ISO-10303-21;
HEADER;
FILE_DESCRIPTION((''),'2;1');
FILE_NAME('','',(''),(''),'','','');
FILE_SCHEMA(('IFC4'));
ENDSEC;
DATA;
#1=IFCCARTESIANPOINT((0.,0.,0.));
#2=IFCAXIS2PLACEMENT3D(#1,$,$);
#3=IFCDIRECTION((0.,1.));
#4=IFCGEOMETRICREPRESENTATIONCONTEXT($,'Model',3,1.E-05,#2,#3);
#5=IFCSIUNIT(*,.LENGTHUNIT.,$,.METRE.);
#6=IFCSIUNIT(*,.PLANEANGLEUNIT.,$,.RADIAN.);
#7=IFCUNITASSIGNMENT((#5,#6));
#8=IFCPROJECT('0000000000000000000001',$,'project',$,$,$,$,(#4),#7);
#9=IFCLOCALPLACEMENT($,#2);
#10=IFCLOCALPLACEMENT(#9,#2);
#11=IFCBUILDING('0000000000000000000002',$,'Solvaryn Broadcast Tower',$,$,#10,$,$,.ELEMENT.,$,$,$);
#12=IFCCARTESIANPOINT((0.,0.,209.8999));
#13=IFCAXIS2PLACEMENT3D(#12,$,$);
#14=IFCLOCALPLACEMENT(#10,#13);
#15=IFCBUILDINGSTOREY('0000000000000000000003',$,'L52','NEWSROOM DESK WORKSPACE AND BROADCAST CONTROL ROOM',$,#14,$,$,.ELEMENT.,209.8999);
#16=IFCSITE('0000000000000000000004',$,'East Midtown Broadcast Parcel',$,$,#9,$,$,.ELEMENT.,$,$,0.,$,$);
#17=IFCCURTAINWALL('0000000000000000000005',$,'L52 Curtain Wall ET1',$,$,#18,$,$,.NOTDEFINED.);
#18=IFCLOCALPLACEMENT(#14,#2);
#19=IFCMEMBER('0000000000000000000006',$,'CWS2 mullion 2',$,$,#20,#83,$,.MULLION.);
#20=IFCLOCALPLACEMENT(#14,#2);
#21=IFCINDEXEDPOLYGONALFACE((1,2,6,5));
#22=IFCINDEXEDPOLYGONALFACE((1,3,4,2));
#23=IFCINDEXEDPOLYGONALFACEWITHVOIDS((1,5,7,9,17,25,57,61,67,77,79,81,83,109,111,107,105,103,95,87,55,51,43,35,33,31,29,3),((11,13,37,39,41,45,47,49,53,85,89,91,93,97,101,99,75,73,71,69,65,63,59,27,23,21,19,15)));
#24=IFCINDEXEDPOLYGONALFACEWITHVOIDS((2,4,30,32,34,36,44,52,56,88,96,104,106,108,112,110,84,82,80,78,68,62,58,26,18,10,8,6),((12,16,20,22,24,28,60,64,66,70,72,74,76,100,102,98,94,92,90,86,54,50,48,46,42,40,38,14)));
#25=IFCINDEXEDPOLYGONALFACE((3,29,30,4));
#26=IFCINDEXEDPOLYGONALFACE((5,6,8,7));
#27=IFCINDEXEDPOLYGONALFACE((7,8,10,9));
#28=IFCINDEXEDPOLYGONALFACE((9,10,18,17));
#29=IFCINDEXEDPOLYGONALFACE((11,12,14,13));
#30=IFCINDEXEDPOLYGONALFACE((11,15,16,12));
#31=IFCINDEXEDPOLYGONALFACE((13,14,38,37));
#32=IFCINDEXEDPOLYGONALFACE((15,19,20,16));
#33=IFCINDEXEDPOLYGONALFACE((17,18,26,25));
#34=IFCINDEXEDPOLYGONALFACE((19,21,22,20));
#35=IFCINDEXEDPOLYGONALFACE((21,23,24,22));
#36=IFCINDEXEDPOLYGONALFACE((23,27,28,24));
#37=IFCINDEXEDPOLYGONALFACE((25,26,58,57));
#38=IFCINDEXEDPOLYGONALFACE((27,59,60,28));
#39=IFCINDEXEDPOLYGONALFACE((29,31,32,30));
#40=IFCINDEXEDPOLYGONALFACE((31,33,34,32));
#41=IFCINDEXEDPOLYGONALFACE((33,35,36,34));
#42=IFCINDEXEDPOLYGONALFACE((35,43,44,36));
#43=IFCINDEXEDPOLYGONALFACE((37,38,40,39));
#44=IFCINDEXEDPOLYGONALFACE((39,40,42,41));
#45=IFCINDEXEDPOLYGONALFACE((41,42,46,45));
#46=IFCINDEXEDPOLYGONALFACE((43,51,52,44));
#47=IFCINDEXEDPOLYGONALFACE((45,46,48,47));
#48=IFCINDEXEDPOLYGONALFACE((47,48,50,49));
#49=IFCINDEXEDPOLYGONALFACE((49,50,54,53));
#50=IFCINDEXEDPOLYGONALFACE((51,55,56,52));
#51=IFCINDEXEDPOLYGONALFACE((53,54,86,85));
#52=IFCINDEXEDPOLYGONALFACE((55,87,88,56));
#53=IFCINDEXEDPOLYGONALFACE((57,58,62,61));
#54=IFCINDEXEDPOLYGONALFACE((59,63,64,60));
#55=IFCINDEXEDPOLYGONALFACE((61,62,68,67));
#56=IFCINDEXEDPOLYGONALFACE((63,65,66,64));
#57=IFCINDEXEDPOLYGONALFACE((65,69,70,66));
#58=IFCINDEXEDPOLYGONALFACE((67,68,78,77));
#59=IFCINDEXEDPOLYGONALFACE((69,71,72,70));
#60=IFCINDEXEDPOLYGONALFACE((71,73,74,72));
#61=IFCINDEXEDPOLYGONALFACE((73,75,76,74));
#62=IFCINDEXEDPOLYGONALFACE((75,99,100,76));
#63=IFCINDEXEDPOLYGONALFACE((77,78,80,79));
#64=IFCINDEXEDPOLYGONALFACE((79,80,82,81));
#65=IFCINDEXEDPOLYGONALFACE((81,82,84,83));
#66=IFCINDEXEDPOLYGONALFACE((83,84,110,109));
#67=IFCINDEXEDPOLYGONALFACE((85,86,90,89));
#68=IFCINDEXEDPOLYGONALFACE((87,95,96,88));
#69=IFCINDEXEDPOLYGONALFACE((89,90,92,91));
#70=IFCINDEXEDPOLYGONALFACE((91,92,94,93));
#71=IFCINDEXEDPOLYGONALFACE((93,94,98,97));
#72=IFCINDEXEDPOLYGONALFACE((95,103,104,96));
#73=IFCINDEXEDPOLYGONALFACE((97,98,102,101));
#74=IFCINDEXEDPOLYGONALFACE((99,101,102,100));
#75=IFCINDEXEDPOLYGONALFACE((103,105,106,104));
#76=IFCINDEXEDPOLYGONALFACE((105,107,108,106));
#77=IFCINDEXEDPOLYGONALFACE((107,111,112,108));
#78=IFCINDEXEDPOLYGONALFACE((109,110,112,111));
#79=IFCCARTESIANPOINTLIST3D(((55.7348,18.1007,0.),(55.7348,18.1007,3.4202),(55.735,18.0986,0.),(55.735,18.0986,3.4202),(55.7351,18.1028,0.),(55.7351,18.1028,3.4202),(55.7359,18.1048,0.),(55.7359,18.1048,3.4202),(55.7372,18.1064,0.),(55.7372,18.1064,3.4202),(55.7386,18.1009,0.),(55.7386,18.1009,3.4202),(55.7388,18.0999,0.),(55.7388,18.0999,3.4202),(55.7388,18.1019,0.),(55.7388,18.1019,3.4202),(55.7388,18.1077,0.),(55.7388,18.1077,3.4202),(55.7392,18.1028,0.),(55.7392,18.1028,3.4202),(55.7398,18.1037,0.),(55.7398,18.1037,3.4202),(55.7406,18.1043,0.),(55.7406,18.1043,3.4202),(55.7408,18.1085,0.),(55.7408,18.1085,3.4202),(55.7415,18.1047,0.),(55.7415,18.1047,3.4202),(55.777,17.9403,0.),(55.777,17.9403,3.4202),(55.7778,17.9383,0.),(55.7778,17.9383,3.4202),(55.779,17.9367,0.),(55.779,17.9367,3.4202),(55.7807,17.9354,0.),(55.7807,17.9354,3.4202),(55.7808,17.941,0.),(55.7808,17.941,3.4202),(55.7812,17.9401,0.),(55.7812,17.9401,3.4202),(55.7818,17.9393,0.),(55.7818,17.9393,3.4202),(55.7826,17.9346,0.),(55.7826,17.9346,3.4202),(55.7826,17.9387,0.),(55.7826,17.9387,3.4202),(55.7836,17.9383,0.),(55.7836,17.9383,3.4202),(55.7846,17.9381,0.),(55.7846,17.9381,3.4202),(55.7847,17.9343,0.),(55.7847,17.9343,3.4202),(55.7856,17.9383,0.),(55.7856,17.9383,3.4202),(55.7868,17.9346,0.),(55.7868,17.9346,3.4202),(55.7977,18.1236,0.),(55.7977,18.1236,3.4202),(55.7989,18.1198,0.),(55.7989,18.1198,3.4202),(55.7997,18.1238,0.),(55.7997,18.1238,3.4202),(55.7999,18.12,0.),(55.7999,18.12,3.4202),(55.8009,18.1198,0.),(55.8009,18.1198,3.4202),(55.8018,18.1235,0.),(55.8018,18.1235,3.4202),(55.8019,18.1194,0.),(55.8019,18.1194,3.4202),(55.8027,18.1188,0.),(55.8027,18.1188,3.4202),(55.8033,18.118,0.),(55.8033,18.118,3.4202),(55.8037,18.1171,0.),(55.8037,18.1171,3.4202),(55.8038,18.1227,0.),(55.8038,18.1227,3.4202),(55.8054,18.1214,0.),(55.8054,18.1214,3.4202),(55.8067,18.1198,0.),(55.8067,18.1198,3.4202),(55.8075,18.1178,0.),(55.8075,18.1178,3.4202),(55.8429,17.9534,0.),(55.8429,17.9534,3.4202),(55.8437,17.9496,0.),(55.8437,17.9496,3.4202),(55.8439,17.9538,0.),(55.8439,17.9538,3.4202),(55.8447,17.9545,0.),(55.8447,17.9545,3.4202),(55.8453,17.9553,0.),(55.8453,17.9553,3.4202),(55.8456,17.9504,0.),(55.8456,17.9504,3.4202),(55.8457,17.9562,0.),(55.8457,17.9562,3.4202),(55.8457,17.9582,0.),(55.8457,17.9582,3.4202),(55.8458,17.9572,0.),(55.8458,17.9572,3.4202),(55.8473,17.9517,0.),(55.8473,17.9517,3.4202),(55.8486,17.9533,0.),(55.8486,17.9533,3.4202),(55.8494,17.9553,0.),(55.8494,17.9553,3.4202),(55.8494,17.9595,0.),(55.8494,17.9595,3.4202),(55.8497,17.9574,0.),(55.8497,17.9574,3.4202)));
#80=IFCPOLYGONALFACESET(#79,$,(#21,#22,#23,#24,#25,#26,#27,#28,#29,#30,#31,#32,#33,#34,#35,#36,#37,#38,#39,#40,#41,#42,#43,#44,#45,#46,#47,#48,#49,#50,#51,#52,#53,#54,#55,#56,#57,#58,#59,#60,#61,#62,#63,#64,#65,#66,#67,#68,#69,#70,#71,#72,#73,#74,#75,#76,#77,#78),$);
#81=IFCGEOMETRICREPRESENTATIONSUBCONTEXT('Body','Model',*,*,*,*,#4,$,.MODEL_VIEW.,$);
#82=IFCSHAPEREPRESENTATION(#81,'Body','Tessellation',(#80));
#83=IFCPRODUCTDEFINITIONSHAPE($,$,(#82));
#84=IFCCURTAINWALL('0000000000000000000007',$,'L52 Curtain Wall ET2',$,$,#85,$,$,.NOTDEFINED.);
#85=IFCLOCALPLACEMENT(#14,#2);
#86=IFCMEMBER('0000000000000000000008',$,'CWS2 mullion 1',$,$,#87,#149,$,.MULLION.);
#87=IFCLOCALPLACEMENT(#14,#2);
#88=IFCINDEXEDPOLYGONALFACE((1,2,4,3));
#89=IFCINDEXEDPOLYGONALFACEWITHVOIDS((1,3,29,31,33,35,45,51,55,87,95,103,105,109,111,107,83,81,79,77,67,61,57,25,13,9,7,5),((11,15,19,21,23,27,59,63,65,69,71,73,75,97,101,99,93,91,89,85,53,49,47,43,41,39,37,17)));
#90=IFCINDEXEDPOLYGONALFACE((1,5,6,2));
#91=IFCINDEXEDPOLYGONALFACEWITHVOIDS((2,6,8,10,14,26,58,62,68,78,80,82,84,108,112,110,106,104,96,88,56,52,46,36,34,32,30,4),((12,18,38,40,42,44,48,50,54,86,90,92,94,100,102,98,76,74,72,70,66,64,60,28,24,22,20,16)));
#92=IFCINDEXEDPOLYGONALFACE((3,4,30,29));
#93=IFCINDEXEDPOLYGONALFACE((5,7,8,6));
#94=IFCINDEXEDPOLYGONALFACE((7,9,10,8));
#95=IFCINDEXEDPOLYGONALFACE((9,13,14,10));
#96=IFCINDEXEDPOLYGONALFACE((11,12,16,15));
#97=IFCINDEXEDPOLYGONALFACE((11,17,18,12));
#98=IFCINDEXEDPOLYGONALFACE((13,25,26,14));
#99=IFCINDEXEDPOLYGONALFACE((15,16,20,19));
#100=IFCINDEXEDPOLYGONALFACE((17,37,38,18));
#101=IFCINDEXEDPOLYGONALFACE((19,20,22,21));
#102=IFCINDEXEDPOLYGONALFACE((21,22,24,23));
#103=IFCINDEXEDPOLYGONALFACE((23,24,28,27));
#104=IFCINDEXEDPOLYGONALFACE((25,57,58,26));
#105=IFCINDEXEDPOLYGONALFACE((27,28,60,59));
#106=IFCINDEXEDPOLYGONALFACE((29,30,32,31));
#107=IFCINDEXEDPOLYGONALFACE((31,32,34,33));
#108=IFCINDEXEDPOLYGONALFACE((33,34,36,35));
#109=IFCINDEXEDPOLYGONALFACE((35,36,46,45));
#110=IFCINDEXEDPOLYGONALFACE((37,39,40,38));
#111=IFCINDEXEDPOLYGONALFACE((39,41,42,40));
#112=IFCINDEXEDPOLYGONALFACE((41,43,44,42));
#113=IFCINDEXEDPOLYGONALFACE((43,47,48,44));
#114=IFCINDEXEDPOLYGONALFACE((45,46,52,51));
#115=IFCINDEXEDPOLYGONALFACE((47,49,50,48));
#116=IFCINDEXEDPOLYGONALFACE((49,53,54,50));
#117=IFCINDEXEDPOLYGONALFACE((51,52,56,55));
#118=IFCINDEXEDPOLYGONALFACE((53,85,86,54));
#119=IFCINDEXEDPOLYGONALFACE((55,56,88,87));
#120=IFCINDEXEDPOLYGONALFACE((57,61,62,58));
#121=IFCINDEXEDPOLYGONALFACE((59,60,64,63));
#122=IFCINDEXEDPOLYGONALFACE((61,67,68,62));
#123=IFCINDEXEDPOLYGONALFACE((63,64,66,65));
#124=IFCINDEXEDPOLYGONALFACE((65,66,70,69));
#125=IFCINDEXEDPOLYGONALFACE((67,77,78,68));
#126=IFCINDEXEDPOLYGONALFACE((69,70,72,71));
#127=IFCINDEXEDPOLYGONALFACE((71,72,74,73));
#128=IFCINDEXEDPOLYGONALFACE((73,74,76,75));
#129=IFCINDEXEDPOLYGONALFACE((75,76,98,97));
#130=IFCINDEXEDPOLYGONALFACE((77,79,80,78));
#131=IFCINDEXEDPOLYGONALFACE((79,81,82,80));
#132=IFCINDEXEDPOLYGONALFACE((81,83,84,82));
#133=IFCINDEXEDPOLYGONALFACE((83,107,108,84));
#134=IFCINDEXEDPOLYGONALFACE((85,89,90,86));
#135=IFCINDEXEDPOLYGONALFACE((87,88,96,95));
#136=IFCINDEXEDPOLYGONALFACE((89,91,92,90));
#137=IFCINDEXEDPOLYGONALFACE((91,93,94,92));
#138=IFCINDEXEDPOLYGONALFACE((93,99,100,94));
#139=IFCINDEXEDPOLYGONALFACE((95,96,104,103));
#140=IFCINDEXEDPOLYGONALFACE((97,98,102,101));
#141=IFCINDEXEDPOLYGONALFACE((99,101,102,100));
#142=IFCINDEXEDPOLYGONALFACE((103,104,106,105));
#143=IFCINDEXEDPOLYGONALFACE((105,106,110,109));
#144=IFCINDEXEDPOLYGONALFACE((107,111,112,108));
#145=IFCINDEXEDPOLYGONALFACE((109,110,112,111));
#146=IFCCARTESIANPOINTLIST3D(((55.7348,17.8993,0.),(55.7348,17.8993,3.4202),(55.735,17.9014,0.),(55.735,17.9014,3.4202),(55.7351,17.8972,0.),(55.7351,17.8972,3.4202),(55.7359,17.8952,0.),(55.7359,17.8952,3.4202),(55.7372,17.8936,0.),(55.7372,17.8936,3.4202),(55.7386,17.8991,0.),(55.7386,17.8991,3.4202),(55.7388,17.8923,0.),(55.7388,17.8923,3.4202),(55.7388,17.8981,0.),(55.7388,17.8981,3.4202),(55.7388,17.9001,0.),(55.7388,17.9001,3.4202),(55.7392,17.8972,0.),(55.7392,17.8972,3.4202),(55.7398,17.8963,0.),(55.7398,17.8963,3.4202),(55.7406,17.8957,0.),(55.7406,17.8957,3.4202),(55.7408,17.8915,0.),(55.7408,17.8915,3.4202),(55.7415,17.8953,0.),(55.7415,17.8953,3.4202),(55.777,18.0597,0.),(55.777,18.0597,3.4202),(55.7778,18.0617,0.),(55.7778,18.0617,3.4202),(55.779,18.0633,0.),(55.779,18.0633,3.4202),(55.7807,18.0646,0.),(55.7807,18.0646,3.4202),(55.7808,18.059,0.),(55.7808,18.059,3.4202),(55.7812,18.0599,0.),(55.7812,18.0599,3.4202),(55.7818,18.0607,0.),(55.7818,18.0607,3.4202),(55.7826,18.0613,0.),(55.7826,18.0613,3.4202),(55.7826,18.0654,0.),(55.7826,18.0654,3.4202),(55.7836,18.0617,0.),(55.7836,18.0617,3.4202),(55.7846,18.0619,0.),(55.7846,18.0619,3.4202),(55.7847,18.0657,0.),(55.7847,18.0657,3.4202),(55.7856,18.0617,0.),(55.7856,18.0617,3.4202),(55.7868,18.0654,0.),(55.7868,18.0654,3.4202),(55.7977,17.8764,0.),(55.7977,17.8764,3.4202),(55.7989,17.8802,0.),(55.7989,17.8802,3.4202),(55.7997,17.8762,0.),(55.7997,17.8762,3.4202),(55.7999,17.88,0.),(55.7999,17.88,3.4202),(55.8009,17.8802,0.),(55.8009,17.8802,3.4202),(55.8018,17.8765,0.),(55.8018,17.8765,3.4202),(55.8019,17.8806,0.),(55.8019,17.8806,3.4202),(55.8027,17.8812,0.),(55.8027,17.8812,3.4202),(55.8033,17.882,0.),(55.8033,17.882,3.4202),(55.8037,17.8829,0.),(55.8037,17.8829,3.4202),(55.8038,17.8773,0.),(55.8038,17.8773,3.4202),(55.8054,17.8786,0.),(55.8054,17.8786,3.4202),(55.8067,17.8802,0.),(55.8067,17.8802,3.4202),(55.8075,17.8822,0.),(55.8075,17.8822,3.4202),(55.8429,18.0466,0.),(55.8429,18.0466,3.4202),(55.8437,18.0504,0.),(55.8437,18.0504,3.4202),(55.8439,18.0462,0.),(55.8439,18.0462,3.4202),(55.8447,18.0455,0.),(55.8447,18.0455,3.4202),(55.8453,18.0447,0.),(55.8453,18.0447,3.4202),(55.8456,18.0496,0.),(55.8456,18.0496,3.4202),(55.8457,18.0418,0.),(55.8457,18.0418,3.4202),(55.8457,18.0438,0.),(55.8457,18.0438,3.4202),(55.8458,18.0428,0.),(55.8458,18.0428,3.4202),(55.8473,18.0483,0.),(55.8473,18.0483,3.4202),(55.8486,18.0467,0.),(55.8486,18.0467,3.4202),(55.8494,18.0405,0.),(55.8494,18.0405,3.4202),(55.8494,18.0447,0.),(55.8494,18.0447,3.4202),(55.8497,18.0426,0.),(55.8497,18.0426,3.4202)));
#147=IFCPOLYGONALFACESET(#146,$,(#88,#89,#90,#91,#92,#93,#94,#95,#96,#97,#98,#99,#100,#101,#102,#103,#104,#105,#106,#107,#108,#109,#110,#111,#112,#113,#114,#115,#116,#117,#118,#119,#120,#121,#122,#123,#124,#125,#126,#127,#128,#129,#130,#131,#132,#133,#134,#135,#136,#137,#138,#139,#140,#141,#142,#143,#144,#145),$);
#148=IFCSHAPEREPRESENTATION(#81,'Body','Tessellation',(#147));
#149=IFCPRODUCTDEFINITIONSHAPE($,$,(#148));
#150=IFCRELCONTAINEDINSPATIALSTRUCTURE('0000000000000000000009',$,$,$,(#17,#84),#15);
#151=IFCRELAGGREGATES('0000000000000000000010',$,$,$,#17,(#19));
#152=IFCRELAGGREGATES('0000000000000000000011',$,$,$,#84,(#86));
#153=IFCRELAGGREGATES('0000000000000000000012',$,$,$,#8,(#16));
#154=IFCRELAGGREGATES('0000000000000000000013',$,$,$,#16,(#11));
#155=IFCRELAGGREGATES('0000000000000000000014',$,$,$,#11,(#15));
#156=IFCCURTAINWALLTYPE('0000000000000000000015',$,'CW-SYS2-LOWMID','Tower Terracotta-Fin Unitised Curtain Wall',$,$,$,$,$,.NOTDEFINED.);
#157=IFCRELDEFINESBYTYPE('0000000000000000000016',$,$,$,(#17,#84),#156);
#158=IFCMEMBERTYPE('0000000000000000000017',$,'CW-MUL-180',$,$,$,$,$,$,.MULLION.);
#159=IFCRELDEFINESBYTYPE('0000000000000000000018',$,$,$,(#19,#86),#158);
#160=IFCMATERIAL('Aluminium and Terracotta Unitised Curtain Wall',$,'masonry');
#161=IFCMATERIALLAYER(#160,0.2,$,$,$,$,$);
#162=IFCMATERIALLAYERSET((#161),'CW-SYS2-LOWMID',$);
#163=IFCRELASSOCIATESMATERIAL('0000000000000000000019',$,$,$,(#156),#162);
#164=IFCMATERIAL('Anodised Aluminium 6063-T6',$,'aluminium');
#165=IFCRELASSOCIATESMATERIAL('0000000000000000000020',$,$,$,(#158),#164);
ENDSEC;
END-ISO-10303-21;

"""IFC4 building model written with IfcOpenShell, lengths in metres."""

from ifc_helpers import new_model, si_unit, direction, frame, origin, origin_2d, place, context, subcontext, project, spatial, hollow_rectangle, extrude, material, layer, layer_set, material_profile, profile_set, type_object, element, aggregate, save


model = new_model("IFC4")

# Units and contexts
model_context = context("Model", 3, precision=1e-05, world=origin(), true_north=direction((0.0, 1.0)))
body_context = subcontext(model_context, "Body", "Model", "MODEL_VIEW")
ifc_project = project(units=[si_unit("LENGTHUNIT", "METRE"), si_unit("PLANEANGLEUNIT", "RADIAN")], contexts=[model_context])

# Site, building, storey
site_placement = place(None, origin())
site = spatial("IfcSite", under=ifc_project, at=site_placement, Name="East Midtown Broadcast Parcel", CompositionType="ELEMENT", RefElevation=0.0)
building_placement = place(site_placement, origin())
building = spatial("IfcBuilding", under=site, at=building_placement, Name="Solvaryn Broadcast Tower", CompositionType="ELEMENT")
storey_placement = place(building_placement, frame((0.0, 0.0, 209.8999)))
storey = spatial("IfcBuildingStorey", under=building, at=storey_placement, Name="L52", Description="NEWSROOM DESK WORKSPACE AND BROADCAST CONTROL ROOM", CompositionType="ELEMENT", Elevation=209.8999)

# Curtain wall, member
ifc_material_1 = material(Name="Aluminium and Terracotta Unitised Curtain Wall", Category="masonry")
ifc_layer_1 = layer(ifc_material_1, 0.2)
ifc_layer_set_1 = layer_set([ifc_layer_1], Name="CW-SYS2-LOWMID")
curtain_wall_type = type_object("IfcCurtainWallType", Name="CW-SYS2-LOWMID", Description="Tower Terracotta-Fin Unitised Curtain Wall", PredefinedType="NOTDEFINED", material=ifc_layer_set_1)
ifc_material_2 = material(Name="Anodised Aluminium 6063-T6", Category="aluminium")
ifc_material_profile_1 = material_profile(ifc_material_2, hollow_rectangle(XDim=0.075, YDim=0.1799, WallThickness=0.0039, InnerFilletRadius=0.0039, OuterFilletRadius=0.0081, at=origin_2d()))
ifc_profile_set_1 = profile_set([ifc_material_profile_1], Name="Anodised Aluminium 6063-T6")
member_type_1 = type_object("IfcMemberType", Name="CW-MUL-180", PredefinedType="MULLION", material=ifc_profile_set_1)
curtain_wall_1_placement = place(storey_placement, origin())
curtain_wall_1 = element("IfcCurtainWall", 1, at=curtain_wall_1_placement, inside=storey, type_object=curtain_wall_type, Name="L52 Curtain Wall ET1", PredefinedType="NOTDEFINED")
member_1_placement = place(storey_placement, frame((55.7922, 18.0291, 0.0), z_axis=(0.0, 0.0, 1.0), x_axis=(0.966705, 0.255893, 0.0)))
member_1 = element("IfcMember", 2, at=member_1_placement, type_object=member_type_1, Name="CWS2 mullion 2", PredefinedType="MULLION", context=body_context, shape_type="SweptSolid", body=[
    extrude(hollow_rectangle(XDim=0.075, YDim=0.1799, WallThickness=0.0039, InnerFilletRadius=0.0039, OuterFilletRadius=0.0081, at=origin_2d()), origin(), (0.0, 0.0, 1.0), 3.4202),
])
aggregate(curtain_wall_1, [member_1])

# Curtain wall, member
curtain_wall_2_placement = place(storey_placement, origin())
curtain_wall_2 = element("IfcCurtainWall", 3, at=curtain_wall_2_placement, inside=storey, type_object=curtain_wall_type, Name="L52 Curtain Wall ET2", PredefinedType="NOTDEFINED")
member_2_placement = place(storey_placement, frame((55.7922, 17.9709, 0.0), z_axis=(0.0, 0.0, 1.0), x_axis=(0.966705, -0.255893, 0.0)))
member_2 = element("IfcMember", 4, at=member_2_placement, type_object=member_type_1, Name="CWS2 mullion 1", PredefinedType="MULLION", context=body_context, shape_type="SweptSolid", body=[
    extrude(hollow_rectangle(XDim=0.075, YDim=0.1799, WallThickness=0.0039, InnerFilletRadius=0.0039, OuterFilletRadius=0.0081, at=origin_2d()), origin(), (0.0, 0.0, 1.0), 3.4202),
])

aggregate(curtain_wall_2, [member_2])

save(model, "model.ifc")
